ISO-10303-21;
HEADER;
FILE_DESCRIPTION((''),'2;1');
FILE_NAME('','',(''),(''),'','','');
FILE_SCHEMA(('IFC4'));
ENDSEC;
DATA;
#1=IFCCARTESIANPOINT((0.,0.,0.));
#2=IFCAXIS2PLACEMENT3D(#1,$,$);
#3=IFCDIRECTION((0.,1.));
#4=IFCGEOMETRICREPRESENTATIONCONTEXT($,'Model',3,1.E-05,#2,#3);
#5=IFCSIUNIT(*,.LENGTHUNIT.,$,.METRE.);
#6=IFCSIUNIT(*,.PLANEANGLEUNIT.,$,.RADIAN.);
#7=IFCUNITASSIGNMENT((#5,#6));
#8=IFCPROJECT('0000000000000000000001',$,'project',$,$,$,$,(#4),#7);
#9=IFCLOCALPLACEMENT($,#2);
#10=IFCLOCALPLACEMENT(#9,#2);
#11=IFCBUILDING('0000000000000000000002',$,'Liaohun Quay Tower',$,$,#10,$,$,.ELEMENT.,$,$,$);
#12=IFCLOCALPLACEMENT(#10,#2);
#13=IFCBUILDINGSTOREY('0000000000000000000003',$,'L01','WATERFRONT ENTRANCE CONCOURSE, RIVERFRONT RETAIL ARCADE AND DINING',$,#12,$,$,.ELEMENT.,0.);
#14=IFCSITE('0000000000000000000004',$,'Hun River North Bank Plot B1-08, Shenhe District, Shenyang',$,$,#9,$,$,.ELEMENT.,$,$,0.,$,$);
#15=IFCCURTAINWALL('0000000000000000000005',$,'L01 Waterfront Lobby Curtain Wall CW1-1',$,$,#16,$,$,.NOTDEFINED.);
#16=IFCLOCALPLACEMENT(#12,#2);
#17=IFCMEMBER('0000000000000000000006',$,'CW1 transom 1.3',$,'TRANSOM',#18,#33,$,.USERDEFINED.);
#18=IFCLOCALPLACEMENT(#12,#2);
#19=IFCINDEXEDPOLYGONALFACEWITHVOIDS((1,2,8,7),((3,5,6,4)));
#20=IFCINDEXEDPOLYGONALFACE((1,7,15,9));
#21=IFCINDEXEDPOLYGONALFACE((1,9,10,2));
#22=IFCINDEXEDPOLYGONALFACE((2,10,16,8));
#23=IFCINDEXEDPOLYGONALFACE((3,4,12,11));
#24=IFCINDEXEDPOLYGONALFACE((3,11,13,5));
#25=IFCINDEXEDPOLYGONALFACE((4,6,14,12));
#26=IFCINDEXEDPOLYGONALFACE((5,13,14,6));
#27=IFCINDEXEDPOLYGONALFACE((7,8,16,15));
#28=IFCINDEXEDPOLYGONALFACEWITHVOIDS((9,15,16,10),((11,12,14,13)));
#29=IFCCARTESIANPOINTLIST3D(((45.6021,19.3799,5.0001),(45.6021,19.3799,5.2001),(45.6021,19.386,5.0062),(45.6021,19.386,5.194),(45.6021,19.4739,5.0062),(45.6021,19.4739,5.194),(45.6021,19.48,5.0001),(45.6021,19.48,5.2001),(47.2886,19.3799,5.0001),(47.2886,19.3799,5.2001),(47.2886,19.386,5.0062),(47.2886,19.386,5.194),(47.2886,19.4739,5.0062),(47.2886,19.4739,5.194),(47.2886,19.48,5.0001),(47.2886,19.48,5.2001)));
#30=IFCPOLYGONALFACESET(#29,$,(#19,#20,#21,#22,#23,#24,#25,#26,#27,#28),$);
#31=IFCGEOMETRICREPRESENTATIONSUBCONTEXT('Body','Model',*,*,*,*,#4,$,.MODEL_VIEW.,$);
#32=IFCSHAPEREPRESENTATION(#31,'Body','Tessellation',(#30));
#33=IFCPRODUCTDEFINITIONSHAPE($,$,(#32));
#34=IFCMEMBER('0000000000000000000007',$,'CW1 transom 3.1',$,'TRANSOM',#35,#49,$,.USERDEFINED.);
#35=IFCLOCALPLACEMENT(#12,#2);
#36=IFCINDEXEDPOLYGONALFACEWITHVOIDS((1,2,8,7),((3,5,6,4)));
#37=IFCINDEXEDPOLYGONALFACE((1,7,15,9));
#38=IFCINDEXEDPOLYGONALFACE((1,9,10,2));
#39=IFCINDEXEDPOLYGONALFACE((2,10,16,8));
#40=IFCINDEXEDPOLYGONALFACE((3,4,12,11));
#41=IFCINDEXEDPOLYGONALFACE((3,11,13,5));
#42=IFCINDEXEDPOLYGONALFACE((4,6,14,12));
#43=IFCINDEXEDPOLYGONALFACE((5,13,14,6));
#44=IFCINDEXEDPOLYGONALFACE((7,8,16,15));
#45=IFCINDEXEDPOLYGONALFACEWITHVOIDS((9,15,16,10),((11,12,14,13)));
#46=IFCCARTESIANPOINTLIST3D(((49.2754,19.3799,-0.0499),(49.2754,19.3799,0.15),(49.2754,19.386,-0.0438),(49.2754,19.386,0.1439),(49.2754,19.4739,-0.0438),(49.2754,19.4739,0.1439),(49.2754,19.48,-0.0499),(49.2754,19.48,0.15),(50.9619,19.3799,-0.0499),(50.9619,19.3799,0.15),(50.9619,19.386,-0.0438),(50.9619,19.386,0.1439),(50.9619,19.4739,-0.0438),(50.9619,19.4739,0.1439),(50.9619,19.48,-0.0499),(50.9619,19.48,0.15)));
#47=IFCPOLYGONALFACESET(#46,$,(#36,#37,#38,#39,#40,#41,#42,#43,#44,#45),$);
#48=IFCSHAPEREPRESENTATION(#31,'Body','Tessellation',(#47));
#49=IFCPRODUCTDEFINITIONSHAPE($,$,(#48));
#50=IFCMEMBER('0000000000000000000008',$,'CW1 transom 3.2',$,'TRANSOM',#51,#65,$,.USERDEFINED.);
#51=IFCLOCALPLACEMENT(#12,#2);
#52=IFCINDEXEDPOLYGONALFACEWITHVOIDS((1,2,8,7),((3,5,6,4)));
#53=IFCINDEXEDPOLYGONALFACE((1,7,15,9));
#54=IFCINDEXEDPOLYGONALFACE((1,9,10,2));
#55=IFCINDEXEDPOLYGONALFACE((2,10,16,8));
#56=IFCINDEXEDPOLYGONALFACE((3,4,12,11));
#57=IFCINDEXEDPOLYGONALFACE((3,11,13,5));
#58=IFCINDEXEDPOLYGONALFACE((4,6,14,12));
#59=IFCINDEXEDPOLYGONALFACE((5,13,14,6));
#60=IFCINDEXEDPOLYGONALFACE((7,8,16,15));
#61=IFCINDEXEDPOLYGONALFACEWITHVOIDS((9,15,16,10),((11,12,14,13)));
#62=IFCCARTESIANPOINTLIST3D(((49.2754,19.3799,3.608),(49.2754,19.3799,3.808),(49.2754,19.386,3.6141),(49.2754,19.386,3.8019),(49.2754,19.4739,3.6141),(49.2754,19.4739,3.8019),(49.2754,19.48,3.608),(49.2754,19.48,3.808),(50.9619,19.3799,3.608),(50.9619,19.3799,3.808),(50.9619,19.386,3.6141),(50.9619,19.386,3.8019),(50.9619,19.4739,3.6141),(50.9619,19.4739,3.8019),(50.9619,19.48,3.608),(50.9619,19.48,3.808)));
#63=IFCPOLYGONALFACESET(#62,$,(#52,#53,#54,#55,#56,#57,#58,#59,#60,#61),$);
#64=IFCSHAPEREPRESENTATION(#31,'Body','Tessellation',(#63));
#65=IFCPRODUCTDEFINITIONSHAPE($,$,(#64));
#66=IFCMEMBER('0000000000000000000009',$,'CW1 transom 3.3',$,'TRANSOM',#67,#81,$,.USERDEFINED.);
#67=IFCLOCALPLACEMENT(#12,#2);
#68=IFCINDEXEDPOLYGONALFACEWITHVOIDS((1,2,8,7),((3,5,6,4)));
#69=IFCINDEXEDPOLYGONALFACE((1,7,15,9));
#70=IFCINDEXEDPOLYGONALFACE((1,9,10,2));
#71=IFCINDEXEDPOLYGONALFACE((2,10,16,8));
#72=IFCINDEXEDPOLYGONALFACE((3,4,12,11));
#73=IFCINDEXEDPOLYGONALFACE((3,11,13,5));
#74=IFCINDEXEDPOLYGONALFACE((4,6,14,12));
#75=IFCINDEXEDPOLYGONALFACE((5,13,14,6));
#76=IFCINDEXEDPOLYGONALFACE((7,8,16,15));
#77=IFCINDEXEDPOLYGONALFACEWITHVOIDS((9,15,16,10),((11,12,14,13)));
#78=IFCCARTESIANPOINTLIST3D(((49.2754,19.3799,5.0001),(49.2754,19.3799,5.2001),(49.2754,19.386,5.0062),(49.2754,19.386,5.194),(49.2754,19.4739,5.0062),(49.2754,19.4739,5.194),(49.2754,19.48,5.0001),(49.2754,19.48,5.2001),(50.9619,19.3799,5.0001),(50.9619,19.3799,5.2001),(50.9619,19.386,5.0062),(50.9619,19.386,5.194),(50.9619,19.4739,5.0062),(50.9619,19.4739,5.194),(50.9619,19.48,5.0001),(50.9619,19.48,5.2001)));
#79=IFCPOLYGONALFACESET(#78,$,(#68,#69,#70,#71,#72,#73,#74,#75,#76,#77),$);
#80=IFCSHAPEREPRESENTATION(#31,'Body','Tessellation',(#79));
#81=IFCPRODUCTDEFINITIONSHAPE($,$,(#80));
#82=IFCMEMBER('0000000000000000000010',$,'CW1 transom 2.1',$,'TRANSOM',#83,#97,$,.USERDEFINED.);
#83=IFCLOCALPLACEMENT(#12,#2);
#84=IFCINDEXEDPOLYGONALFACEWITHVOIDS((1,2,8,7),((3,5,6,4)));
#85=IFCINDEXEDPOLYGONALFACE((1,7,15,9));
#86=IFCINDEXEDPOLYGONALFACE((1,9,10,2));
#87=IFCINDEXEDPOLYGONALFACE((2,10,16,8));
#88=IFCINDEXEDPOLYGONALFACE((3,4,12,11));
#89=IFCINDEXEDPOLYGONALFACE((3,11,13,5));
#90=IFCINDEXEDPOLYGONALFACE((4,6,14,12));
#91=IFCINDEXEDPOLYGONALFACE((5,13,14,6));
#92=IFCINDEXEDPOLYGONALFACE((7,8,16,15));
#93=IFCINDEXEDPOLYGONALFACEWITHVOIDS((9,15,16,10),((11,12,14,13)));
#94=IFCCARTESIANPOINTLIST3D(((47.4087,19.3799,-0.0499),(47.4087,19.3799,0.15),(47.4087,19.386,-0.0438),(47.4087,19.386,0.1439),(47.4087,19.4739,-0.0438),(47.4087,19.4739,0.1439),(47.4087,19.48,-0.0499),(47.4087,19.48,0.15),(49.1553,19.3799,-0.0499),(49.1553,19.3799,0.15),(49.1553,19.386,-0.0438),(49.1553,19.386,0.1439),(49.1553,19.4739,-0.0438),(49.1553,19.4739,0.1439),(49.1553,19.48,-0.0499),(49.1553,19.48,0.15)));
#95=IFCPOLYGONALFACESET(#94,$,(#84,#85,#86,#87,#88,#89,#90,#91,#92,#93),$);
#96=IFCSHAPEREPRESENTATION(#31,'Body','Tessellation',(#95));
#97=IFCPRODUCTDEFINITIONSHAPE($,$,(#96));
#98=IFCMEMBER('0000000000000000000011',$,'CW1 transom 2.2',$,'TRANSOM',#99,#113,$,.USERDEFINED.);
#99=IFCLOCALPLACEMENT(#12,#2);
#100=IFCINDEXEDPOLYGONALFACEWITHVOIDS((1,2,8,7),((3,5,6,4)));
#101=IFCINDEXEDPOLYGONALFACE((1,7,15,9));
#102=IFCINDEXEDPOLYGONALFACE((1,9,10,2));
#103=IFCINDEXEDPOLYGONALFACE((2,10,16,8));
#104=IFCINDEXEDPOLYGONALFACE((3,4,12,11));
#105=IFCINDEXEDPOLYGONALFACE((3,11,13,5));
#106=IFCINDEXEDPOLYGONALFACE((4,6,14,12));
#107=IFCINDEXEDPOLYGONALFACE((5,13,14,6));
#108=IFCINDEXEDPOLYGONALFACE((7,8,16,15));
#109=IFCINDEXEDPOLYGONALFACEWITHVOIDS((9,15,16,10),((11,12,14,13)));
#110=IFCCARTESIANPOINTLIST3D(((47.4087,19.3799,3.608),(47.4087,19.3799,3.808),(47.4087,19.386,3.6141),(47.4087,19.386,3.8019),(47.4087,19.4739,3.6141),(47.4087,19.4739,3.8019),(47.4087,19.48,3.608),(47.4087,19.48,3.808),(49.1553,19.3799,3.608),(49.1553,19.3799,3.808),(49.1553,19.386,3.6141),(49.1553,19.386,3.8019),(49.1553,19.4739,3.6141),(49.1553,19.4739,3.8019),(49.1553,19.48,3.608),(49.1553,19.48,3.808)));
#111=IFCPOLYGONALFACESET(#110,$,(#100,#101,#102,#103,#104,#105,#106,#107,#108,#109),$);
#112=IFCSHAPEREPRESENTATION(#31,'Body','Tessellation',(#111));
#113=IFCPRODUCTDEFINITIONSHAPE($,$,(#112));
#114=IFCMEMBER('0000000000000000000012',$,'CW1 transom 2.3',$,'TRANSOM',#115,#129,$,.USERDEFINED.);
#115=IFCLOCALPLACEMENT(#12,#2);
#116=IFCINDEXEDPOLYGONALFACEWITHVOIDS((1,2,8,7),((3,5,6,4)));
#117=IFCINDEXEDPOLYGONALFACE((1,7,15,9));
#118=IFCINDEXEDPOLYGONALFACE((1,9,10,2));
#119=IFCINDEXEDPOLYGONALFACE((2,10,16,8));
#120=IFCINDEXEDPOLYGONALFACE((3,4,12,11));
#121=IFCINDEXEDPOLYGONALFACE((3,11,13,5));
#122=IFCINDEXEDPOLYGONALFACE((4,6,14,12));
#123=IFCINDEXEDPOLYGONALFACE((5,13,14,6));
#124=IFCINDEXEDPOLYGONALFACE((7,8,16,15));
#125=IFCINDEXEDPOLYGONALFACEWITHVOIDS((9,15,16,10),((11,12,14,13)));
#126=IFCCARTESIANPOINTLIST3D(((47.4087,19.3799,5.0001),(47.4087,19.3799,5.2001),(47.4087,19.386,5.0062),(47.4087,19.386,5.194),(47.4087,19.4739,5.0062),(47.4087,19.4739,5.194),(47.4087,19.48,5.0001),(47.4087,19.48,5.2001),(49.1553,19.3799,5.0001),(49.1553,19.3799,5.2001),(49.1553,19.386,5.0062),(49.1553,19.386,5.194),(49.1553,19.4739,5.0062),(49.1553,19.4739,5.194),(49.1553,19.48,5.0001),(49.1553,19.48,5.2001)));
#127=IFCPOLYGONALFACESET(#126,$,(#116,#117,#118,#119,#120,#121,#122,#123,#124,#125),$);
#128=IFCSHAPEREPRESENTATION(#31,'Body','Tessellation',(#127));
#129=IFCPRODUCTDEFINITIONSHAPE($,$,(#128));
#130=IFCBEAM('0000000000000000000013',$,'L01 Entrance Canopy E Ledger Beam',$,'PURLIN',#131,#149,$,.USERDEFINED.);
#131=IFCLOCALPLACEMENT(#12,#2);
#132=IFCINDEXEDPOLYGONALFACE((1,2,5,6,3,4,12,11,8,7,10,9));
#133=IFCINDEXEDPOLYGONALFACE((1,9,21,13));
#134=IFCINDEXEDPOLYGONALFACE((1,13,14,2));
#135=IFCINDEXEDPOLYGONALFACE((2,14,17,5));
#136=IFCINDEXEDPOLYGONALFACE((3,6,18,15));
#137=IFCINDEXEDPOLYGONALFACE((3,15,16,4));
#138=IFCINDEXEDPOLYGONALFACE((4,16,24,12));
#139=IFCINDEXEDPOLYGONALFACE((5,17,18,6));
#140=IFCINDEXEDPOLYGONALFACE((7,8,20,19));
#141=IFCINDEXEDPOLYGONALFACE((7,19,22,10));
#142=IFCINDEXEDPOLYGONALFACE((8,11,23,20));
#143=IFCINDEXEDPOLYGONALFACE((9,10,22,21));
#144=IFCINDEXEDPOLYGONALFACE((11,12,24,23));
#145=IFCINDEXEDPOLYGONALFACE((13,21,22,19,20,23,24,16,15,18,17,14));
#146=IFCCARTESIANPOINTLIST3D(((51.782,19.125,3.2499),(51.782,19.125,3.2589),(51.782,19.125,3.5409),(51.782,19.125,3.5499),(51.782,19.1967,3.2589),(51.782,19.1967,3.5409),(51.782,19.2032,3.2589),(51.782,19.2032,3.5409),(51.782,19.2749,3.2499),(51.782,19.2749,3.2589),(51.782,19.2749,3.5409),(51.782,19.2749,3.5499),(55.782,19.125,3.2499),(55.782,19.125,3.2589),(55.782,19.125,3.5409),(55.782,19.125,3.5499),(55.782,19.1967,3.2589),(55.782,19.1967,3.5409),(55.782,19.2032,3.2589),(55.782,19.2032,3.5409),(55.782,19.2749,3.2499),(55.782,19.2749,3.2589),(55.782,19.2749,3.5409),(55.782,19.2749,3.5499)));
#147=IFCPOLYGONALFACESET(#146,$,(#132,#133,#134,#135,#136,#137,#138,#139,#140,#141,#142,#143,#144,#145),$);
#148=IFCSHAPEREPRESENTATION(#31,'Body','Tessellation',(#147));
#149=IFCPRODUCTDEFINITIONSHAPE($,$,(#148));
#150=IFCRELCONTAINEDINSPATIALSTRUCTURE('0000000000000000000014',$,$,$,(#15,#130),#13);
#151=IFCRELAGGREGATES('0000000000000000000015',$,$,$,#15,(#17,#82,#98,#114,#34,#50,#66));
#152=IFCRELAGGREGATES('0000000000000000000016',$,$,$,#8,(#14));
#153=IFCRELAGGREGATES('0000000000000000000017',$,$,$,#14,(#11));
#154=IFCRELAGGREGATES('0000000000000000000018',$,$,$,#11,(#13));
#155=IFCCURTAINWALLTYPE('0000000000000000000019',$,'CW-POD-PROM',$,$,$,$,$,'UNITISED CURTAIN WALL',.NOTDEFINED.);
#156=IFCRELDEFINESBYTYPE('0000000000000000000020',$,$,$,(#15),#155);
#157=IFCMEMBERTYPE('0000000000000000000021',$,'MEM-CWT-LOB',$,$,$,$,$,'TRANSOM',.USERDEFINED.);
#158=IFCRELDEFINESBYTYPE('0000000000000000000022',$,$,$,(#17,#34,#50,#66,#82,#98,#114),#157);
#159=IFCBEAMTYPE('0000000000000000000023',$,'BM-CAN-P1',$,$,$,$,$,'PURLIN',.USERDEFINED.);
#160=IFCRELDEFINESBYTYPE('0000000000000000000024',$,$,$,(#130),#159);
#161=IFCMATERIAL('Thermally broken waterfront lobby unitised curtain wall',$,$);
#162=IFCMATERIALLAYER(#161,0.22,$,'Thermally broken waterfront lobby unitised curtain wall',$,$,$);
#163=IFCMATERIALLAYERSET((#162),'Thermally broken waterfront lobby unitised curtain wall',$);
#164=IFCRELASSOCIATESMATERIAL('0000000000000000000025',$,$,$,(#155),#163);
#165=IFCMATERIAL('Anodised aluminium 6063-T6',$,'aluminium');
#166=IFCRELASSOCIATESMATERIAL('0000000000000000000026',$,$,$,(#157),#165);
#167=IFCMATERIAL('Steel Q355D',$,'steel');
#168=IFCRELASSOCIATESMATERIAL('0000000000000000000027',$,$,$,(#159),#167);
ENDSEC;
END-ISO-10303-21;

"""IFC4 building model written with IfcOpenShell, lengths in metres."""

from ifc_helpers import new_model, si_unit, direction, frame, origin, origin_2d, place, context, subcontext, project, spatial, hollow_rectangle, i_section, extrude, source, transform, mapped, material, layer, layer_set, material_profile, profile_set, type_object, element, aggregate, save


model = new_model("IFC4")

# Units and contexts
model_context = context("Model", 3, precision=1e-05, world=origin(), true_north=direction((0.0, 1.0)))
body_context = subcontext(model_context, "Body", "Model", "MODEL_VIEW")
ifc_project = project(units=[si_unit("LENGTHUNIT", "METRE"), si_unit("PLANEANGLEUNIT", "RADIAN")], contexts=[model_context])

# Site, building, storey
site_placement = place(None, origin())
site = spatial("IfcSite", under=ifc_project, at=site_placement, Name="Hun River North Bank Plot B1-08, Shenhe District, Shenyang", CompositionType="ELEMENT", RefElevation=0.0)
building_placement = place(site_placement, origin())
building = spatial("IfcBuilding", under=site, at=building_placement, Name="Liaohun Quay Tower", CompositionType="ELEMENT")
storey_placement = place(building_placement, origin())
storey = spatial("IfcBuildingStorey", under=building, at=storey_placement, Name="L01", Description="WATERFRONT ENTRANCE CONCOURSE, RIVERFRONT RETAIL ARCADE AND DINING", CompositionType="ELEMENT", Elevation=0.0)

# Shared definitions
ifc_material_1 = material(Name="Steel Q355D", Category="steel")

# Curtain wall, members
ifc_material_2 = material(Name="Thermally broken waterfront lobby unitised curtain wall")
ifc_layer_1 = layer(ifc_material_2, 0.22, Name="Thermally broken waterfront lobby unitised curtain wall")
ifc_layer_set_1 = layer_set([ifc_layer_1], Name="Thermally broken waterfront lobby unitised curtain wall")
curtain_wall_type = type_object("IfcCurtainWallType", Name="CW-POD-PROM", ElementType="UNITISED CURTAIN WALL", PredefinedType="NOTDEFINED", material=ifc_layer_set_1)
curtain_wall_placement = place(storey_placement, origin())
curtain_wall = element("IfcCurtainWall", 1, at=curtain_wall_placement, inside=storey, type_object=curtain_wall_type, Name="L01 Waterfront Lobby Curtain Wall CW1-1", PredefinedType="NOTDEFINED")
ifc_material_3 = material(Name="Anodised aluminium 6063-T6", Category="aluminium")
ifc_material_profile_1 = material_profile(ifc_material_3, hollow_rectangle(XDim=0.1001, YDim=0.2, WallThickness=0.0061, at=origin_2d()), Name="RHS200x100x6")
ifc_profile_set_1 = profile_set([ifc_material_profile_1], Name="Anodised aluminium 6063-T6")
member_type_1 = type_object("IfcMemberType", Name="MEM-CWT-LOB", ElementType="TRANSOM", PredefinedType="USERDEFINED", material=ifc_profile_set_1)
shared_shape_1 = source(origin(), body_context, "Body", "SweptSolid", [
    extrude(hollow_rectangle(XDim=0.1001, YDim=0.2, WallThickness=0.0061, at=origin_2d()), origin(), (0.0, 0.0, 1.0), 1.6865),
])
member_1_placement = place(storey_placement, frame((45.6021, 19.4299, 5.1001), z_axis=(1.0, 0.0, 0.0), x_axis=(0.0, 1.0, 0.0)))
member_1 = element("IfcMember", 2, at=member_1_placement, type_object=member_type_1, Name="CW1 transom 1.3", ObjectType="TRANSOM", PredefinedType="USERDEFINED", context=body_context, shape_type="MappedRepresentation", body=[
    mapped(shared_shape_1, transform((0.0, 0.0, 0.0), x_axis=(1.0, 0.0, 0.0), y_axis=(0.0, 1.0, 0.0), z_axis=(0.0, 0.0, 1.0), scale=1.0)),
])
member_2_placement = place(storey_placement, frame((49.2754, 19.4299, 0.05), z_axis=(1.0, 0.0, 0.0), x_axis=(0.0, 1.0, 0.0)))
member_2 = element("IfcMember", 3, at=member_2_placement, type_object=member_type_1, Name="CW1 transom 3.1", ObjectType="TRANSOM", PredefinedType="USERDEFINED", context=body_context, shape_type="MappedRepresentation", body=[
    mapped(shared_shape_1, transform((0.0, 0.0, 0.0), x_axis=(1.0, 0.0, 0.0), y_axis=(0.0, 1.0, 0.0), z_axis=(0.0, 0.0, 1.0), scale=1.0)),
])
member_3_placement = place(storey_placement, frame((49.2754, 19.4299, 3.708), z_axis=(1.0, 0.0, 0.0), x_axis=(0.0, 1.0, 0.0)))
member_3 = element("IfcMember", 4, at=member_3_placement, type_object=member_type_1, Name="CW1 transom 3.2", ObjectType="TRANSOM", PredefinedType="USERDEFINED", context=body_context, shape_type="MappedRepresentation", body=[
    mapped(shared_shape_1, transform((0.0, 0.0, 0.0), x_axis=(1.0, 0.0, 0.0), y_axis=(0.0, 1.0, 0.0), z_axis=(0.0, 0.0, 1.0), scale=1.0)),
])
member_4_placement = place(storey_placement, frame((49.2754, 19.4299, 5.1001), z_axis=(1.0, 0.0, 0.0), x_axis=(0.0, 1.0, 0.0)))
member_4 = element("IfcMember", 5, at=member_4_placement, type_object=member_type_1, Name="CW1 transom 3.3", ObjectType="TRANSOM", PredefinedType="USERDEFINED", context=body_context, shape_type="MappedRepresentation", body=[
    mapped(shared_shape_1, transform((0.0, 0.0, 0.0), x_axis=(1.0, 0.0, 0.0), y_axis=(0.0, 1.0, 0.0), z_axis=(0.0, 0.0, 1.0), scale=1.0)),
])
shared_shape_2 = source(origin(), body_context, "Body", "SweptSolid", [
    extrude(hollow_rectangle(XDim=0.1001, YDim=0.2, WallThickness=0.0061, at=origin_2d()), origin(), (0.0, 0.0, 1.0), 1.7466),
])
member_5_placement = place(storey_placement, frame((47.4087, 19.4299, 0.05), z_axis=(1.0, 0.0, 0.0), x_axis=(0.0, 1.0, 0.0)))
member_5 = element("IfcMember", 6, at=member_5_placement, type_object=member_type_1, Name="CW1 transom 2.1", ObjectType="TRANSOM", PredefinedType="USERDEFINED", context=body_context, shape_type="MappedRepresentation", body=[
    mapped(shared_shape_2, transform((0.0, 0.0, 0.0), x_axis=(1.0, 0.0, 0.0), y_axis=(0.0, 1.0, 0.0), z_axis=(0.0, 0.0, 1.0), scale=1.0)),
])
member_6_placement = place(storey_placement, frame((47.4087, 19.4299, 3.708), z_axis=(1.0, 0.0, 0.0), x_axis=(0.0, 1.0, 0.0)))
member_6 = element("IfcMember", 7, at=member_6_placement, type_object=member_type_1, Name="CW1 transom 2.2", ObjectType="TRANSOM", PredefinedType="USERDEFINED", context=body_context, shape_type="MappedRepresentation", body=[
    mapped(shared_shape_2, transform((0.0, 0.0, 0.0), x_axis=(1.0, 0.0, 0.0), y_axis=(0.0, 1.0, 0.0), z_axis=(0.0, 0.0, 1.0), scale=1.0)),
])
member_7_placement = place(storey_placement, frame((47.4087, 19.4299, 5.1001), z_axis=(1.0, 0.0, 0.0), x_axis=(0.0, 1.0, 0.0)))
member_7 = element("IfcMember", 8, at=member_7_placement, type_object=member_type_1, Name="CW1 transom 2.3", ObjectType="TRANSOM", PredefinedType="USERDEFINED", context=body_context, shape_type="MappedRepresentation", body=[
    mapped(shared_shape_2, transform((0.0, 0.0, 0.0), x_axis=(1.0, 0.0, 0.0), y_axis=(0.0, 1.0, 0.0), z_axis=(0.0, 0.0, 1.0), scale=1.0)),
])

# Beam
ifc_material_profile_2 = material_profile(ifc_material_1, i_section(OverallWidth=0.1499, OverallDepth=0.3, WebThickness=0.0066, FlangeThickness=0.009, at=origin_2d()), Name="HN300x150x6.5x9")
ifc_profile_set_2 = profile_set([ifc_material_profile_2], Name="Steel Q355D")
beam_type_1 = type_object("IfcBeamType", Name="BM-CAN-P1", ElementType="PURLIN", PredefinedType="USERDEFINED", material=ifc_profile_set_2)
shared_shape_3 = source(origin(), body_context, "Body", "SweptSolid", [
    extrude(i_section(OverallWidth=0.1499, OverallDepth=0.3, WebThickness=0.0066, FlangeThickness=0.009, at=origin_2d()), origin(), (0.0, 0.0, 1.0), 4.0),
])
beam_1_placement = place(storey_placement, frame((51.782, 19.2, 3.3999), z_axis=(1.0, 0.0, 0.0), x_axis=(0.0, 1.0, 0.0)))
element("IfcBeam", 9, at=beam_1_placement, inside=storey, type_object=beam_type_1, Name="L01 Entrance Canopy E Ledger Beam", ObjectType="PURLIN", PredefinedType="USERDEFINED", context=body_context, shape_type="MappedRepresentation", body=[
    mapped(shared_shape_3, transform((0.0, 0.0, 0.0), x_axis=(1.0, 0.0, 0.0), y_axis=(0.0, 1.0, 0.0), z_axis=(0.0, 0.0, 1.0), scale=1.0)),
])

aggregate(curtain_wall, [member_1, member_5, member_6, member_7, member_2, member_3, member_4])

save(model, "model.ifc")
